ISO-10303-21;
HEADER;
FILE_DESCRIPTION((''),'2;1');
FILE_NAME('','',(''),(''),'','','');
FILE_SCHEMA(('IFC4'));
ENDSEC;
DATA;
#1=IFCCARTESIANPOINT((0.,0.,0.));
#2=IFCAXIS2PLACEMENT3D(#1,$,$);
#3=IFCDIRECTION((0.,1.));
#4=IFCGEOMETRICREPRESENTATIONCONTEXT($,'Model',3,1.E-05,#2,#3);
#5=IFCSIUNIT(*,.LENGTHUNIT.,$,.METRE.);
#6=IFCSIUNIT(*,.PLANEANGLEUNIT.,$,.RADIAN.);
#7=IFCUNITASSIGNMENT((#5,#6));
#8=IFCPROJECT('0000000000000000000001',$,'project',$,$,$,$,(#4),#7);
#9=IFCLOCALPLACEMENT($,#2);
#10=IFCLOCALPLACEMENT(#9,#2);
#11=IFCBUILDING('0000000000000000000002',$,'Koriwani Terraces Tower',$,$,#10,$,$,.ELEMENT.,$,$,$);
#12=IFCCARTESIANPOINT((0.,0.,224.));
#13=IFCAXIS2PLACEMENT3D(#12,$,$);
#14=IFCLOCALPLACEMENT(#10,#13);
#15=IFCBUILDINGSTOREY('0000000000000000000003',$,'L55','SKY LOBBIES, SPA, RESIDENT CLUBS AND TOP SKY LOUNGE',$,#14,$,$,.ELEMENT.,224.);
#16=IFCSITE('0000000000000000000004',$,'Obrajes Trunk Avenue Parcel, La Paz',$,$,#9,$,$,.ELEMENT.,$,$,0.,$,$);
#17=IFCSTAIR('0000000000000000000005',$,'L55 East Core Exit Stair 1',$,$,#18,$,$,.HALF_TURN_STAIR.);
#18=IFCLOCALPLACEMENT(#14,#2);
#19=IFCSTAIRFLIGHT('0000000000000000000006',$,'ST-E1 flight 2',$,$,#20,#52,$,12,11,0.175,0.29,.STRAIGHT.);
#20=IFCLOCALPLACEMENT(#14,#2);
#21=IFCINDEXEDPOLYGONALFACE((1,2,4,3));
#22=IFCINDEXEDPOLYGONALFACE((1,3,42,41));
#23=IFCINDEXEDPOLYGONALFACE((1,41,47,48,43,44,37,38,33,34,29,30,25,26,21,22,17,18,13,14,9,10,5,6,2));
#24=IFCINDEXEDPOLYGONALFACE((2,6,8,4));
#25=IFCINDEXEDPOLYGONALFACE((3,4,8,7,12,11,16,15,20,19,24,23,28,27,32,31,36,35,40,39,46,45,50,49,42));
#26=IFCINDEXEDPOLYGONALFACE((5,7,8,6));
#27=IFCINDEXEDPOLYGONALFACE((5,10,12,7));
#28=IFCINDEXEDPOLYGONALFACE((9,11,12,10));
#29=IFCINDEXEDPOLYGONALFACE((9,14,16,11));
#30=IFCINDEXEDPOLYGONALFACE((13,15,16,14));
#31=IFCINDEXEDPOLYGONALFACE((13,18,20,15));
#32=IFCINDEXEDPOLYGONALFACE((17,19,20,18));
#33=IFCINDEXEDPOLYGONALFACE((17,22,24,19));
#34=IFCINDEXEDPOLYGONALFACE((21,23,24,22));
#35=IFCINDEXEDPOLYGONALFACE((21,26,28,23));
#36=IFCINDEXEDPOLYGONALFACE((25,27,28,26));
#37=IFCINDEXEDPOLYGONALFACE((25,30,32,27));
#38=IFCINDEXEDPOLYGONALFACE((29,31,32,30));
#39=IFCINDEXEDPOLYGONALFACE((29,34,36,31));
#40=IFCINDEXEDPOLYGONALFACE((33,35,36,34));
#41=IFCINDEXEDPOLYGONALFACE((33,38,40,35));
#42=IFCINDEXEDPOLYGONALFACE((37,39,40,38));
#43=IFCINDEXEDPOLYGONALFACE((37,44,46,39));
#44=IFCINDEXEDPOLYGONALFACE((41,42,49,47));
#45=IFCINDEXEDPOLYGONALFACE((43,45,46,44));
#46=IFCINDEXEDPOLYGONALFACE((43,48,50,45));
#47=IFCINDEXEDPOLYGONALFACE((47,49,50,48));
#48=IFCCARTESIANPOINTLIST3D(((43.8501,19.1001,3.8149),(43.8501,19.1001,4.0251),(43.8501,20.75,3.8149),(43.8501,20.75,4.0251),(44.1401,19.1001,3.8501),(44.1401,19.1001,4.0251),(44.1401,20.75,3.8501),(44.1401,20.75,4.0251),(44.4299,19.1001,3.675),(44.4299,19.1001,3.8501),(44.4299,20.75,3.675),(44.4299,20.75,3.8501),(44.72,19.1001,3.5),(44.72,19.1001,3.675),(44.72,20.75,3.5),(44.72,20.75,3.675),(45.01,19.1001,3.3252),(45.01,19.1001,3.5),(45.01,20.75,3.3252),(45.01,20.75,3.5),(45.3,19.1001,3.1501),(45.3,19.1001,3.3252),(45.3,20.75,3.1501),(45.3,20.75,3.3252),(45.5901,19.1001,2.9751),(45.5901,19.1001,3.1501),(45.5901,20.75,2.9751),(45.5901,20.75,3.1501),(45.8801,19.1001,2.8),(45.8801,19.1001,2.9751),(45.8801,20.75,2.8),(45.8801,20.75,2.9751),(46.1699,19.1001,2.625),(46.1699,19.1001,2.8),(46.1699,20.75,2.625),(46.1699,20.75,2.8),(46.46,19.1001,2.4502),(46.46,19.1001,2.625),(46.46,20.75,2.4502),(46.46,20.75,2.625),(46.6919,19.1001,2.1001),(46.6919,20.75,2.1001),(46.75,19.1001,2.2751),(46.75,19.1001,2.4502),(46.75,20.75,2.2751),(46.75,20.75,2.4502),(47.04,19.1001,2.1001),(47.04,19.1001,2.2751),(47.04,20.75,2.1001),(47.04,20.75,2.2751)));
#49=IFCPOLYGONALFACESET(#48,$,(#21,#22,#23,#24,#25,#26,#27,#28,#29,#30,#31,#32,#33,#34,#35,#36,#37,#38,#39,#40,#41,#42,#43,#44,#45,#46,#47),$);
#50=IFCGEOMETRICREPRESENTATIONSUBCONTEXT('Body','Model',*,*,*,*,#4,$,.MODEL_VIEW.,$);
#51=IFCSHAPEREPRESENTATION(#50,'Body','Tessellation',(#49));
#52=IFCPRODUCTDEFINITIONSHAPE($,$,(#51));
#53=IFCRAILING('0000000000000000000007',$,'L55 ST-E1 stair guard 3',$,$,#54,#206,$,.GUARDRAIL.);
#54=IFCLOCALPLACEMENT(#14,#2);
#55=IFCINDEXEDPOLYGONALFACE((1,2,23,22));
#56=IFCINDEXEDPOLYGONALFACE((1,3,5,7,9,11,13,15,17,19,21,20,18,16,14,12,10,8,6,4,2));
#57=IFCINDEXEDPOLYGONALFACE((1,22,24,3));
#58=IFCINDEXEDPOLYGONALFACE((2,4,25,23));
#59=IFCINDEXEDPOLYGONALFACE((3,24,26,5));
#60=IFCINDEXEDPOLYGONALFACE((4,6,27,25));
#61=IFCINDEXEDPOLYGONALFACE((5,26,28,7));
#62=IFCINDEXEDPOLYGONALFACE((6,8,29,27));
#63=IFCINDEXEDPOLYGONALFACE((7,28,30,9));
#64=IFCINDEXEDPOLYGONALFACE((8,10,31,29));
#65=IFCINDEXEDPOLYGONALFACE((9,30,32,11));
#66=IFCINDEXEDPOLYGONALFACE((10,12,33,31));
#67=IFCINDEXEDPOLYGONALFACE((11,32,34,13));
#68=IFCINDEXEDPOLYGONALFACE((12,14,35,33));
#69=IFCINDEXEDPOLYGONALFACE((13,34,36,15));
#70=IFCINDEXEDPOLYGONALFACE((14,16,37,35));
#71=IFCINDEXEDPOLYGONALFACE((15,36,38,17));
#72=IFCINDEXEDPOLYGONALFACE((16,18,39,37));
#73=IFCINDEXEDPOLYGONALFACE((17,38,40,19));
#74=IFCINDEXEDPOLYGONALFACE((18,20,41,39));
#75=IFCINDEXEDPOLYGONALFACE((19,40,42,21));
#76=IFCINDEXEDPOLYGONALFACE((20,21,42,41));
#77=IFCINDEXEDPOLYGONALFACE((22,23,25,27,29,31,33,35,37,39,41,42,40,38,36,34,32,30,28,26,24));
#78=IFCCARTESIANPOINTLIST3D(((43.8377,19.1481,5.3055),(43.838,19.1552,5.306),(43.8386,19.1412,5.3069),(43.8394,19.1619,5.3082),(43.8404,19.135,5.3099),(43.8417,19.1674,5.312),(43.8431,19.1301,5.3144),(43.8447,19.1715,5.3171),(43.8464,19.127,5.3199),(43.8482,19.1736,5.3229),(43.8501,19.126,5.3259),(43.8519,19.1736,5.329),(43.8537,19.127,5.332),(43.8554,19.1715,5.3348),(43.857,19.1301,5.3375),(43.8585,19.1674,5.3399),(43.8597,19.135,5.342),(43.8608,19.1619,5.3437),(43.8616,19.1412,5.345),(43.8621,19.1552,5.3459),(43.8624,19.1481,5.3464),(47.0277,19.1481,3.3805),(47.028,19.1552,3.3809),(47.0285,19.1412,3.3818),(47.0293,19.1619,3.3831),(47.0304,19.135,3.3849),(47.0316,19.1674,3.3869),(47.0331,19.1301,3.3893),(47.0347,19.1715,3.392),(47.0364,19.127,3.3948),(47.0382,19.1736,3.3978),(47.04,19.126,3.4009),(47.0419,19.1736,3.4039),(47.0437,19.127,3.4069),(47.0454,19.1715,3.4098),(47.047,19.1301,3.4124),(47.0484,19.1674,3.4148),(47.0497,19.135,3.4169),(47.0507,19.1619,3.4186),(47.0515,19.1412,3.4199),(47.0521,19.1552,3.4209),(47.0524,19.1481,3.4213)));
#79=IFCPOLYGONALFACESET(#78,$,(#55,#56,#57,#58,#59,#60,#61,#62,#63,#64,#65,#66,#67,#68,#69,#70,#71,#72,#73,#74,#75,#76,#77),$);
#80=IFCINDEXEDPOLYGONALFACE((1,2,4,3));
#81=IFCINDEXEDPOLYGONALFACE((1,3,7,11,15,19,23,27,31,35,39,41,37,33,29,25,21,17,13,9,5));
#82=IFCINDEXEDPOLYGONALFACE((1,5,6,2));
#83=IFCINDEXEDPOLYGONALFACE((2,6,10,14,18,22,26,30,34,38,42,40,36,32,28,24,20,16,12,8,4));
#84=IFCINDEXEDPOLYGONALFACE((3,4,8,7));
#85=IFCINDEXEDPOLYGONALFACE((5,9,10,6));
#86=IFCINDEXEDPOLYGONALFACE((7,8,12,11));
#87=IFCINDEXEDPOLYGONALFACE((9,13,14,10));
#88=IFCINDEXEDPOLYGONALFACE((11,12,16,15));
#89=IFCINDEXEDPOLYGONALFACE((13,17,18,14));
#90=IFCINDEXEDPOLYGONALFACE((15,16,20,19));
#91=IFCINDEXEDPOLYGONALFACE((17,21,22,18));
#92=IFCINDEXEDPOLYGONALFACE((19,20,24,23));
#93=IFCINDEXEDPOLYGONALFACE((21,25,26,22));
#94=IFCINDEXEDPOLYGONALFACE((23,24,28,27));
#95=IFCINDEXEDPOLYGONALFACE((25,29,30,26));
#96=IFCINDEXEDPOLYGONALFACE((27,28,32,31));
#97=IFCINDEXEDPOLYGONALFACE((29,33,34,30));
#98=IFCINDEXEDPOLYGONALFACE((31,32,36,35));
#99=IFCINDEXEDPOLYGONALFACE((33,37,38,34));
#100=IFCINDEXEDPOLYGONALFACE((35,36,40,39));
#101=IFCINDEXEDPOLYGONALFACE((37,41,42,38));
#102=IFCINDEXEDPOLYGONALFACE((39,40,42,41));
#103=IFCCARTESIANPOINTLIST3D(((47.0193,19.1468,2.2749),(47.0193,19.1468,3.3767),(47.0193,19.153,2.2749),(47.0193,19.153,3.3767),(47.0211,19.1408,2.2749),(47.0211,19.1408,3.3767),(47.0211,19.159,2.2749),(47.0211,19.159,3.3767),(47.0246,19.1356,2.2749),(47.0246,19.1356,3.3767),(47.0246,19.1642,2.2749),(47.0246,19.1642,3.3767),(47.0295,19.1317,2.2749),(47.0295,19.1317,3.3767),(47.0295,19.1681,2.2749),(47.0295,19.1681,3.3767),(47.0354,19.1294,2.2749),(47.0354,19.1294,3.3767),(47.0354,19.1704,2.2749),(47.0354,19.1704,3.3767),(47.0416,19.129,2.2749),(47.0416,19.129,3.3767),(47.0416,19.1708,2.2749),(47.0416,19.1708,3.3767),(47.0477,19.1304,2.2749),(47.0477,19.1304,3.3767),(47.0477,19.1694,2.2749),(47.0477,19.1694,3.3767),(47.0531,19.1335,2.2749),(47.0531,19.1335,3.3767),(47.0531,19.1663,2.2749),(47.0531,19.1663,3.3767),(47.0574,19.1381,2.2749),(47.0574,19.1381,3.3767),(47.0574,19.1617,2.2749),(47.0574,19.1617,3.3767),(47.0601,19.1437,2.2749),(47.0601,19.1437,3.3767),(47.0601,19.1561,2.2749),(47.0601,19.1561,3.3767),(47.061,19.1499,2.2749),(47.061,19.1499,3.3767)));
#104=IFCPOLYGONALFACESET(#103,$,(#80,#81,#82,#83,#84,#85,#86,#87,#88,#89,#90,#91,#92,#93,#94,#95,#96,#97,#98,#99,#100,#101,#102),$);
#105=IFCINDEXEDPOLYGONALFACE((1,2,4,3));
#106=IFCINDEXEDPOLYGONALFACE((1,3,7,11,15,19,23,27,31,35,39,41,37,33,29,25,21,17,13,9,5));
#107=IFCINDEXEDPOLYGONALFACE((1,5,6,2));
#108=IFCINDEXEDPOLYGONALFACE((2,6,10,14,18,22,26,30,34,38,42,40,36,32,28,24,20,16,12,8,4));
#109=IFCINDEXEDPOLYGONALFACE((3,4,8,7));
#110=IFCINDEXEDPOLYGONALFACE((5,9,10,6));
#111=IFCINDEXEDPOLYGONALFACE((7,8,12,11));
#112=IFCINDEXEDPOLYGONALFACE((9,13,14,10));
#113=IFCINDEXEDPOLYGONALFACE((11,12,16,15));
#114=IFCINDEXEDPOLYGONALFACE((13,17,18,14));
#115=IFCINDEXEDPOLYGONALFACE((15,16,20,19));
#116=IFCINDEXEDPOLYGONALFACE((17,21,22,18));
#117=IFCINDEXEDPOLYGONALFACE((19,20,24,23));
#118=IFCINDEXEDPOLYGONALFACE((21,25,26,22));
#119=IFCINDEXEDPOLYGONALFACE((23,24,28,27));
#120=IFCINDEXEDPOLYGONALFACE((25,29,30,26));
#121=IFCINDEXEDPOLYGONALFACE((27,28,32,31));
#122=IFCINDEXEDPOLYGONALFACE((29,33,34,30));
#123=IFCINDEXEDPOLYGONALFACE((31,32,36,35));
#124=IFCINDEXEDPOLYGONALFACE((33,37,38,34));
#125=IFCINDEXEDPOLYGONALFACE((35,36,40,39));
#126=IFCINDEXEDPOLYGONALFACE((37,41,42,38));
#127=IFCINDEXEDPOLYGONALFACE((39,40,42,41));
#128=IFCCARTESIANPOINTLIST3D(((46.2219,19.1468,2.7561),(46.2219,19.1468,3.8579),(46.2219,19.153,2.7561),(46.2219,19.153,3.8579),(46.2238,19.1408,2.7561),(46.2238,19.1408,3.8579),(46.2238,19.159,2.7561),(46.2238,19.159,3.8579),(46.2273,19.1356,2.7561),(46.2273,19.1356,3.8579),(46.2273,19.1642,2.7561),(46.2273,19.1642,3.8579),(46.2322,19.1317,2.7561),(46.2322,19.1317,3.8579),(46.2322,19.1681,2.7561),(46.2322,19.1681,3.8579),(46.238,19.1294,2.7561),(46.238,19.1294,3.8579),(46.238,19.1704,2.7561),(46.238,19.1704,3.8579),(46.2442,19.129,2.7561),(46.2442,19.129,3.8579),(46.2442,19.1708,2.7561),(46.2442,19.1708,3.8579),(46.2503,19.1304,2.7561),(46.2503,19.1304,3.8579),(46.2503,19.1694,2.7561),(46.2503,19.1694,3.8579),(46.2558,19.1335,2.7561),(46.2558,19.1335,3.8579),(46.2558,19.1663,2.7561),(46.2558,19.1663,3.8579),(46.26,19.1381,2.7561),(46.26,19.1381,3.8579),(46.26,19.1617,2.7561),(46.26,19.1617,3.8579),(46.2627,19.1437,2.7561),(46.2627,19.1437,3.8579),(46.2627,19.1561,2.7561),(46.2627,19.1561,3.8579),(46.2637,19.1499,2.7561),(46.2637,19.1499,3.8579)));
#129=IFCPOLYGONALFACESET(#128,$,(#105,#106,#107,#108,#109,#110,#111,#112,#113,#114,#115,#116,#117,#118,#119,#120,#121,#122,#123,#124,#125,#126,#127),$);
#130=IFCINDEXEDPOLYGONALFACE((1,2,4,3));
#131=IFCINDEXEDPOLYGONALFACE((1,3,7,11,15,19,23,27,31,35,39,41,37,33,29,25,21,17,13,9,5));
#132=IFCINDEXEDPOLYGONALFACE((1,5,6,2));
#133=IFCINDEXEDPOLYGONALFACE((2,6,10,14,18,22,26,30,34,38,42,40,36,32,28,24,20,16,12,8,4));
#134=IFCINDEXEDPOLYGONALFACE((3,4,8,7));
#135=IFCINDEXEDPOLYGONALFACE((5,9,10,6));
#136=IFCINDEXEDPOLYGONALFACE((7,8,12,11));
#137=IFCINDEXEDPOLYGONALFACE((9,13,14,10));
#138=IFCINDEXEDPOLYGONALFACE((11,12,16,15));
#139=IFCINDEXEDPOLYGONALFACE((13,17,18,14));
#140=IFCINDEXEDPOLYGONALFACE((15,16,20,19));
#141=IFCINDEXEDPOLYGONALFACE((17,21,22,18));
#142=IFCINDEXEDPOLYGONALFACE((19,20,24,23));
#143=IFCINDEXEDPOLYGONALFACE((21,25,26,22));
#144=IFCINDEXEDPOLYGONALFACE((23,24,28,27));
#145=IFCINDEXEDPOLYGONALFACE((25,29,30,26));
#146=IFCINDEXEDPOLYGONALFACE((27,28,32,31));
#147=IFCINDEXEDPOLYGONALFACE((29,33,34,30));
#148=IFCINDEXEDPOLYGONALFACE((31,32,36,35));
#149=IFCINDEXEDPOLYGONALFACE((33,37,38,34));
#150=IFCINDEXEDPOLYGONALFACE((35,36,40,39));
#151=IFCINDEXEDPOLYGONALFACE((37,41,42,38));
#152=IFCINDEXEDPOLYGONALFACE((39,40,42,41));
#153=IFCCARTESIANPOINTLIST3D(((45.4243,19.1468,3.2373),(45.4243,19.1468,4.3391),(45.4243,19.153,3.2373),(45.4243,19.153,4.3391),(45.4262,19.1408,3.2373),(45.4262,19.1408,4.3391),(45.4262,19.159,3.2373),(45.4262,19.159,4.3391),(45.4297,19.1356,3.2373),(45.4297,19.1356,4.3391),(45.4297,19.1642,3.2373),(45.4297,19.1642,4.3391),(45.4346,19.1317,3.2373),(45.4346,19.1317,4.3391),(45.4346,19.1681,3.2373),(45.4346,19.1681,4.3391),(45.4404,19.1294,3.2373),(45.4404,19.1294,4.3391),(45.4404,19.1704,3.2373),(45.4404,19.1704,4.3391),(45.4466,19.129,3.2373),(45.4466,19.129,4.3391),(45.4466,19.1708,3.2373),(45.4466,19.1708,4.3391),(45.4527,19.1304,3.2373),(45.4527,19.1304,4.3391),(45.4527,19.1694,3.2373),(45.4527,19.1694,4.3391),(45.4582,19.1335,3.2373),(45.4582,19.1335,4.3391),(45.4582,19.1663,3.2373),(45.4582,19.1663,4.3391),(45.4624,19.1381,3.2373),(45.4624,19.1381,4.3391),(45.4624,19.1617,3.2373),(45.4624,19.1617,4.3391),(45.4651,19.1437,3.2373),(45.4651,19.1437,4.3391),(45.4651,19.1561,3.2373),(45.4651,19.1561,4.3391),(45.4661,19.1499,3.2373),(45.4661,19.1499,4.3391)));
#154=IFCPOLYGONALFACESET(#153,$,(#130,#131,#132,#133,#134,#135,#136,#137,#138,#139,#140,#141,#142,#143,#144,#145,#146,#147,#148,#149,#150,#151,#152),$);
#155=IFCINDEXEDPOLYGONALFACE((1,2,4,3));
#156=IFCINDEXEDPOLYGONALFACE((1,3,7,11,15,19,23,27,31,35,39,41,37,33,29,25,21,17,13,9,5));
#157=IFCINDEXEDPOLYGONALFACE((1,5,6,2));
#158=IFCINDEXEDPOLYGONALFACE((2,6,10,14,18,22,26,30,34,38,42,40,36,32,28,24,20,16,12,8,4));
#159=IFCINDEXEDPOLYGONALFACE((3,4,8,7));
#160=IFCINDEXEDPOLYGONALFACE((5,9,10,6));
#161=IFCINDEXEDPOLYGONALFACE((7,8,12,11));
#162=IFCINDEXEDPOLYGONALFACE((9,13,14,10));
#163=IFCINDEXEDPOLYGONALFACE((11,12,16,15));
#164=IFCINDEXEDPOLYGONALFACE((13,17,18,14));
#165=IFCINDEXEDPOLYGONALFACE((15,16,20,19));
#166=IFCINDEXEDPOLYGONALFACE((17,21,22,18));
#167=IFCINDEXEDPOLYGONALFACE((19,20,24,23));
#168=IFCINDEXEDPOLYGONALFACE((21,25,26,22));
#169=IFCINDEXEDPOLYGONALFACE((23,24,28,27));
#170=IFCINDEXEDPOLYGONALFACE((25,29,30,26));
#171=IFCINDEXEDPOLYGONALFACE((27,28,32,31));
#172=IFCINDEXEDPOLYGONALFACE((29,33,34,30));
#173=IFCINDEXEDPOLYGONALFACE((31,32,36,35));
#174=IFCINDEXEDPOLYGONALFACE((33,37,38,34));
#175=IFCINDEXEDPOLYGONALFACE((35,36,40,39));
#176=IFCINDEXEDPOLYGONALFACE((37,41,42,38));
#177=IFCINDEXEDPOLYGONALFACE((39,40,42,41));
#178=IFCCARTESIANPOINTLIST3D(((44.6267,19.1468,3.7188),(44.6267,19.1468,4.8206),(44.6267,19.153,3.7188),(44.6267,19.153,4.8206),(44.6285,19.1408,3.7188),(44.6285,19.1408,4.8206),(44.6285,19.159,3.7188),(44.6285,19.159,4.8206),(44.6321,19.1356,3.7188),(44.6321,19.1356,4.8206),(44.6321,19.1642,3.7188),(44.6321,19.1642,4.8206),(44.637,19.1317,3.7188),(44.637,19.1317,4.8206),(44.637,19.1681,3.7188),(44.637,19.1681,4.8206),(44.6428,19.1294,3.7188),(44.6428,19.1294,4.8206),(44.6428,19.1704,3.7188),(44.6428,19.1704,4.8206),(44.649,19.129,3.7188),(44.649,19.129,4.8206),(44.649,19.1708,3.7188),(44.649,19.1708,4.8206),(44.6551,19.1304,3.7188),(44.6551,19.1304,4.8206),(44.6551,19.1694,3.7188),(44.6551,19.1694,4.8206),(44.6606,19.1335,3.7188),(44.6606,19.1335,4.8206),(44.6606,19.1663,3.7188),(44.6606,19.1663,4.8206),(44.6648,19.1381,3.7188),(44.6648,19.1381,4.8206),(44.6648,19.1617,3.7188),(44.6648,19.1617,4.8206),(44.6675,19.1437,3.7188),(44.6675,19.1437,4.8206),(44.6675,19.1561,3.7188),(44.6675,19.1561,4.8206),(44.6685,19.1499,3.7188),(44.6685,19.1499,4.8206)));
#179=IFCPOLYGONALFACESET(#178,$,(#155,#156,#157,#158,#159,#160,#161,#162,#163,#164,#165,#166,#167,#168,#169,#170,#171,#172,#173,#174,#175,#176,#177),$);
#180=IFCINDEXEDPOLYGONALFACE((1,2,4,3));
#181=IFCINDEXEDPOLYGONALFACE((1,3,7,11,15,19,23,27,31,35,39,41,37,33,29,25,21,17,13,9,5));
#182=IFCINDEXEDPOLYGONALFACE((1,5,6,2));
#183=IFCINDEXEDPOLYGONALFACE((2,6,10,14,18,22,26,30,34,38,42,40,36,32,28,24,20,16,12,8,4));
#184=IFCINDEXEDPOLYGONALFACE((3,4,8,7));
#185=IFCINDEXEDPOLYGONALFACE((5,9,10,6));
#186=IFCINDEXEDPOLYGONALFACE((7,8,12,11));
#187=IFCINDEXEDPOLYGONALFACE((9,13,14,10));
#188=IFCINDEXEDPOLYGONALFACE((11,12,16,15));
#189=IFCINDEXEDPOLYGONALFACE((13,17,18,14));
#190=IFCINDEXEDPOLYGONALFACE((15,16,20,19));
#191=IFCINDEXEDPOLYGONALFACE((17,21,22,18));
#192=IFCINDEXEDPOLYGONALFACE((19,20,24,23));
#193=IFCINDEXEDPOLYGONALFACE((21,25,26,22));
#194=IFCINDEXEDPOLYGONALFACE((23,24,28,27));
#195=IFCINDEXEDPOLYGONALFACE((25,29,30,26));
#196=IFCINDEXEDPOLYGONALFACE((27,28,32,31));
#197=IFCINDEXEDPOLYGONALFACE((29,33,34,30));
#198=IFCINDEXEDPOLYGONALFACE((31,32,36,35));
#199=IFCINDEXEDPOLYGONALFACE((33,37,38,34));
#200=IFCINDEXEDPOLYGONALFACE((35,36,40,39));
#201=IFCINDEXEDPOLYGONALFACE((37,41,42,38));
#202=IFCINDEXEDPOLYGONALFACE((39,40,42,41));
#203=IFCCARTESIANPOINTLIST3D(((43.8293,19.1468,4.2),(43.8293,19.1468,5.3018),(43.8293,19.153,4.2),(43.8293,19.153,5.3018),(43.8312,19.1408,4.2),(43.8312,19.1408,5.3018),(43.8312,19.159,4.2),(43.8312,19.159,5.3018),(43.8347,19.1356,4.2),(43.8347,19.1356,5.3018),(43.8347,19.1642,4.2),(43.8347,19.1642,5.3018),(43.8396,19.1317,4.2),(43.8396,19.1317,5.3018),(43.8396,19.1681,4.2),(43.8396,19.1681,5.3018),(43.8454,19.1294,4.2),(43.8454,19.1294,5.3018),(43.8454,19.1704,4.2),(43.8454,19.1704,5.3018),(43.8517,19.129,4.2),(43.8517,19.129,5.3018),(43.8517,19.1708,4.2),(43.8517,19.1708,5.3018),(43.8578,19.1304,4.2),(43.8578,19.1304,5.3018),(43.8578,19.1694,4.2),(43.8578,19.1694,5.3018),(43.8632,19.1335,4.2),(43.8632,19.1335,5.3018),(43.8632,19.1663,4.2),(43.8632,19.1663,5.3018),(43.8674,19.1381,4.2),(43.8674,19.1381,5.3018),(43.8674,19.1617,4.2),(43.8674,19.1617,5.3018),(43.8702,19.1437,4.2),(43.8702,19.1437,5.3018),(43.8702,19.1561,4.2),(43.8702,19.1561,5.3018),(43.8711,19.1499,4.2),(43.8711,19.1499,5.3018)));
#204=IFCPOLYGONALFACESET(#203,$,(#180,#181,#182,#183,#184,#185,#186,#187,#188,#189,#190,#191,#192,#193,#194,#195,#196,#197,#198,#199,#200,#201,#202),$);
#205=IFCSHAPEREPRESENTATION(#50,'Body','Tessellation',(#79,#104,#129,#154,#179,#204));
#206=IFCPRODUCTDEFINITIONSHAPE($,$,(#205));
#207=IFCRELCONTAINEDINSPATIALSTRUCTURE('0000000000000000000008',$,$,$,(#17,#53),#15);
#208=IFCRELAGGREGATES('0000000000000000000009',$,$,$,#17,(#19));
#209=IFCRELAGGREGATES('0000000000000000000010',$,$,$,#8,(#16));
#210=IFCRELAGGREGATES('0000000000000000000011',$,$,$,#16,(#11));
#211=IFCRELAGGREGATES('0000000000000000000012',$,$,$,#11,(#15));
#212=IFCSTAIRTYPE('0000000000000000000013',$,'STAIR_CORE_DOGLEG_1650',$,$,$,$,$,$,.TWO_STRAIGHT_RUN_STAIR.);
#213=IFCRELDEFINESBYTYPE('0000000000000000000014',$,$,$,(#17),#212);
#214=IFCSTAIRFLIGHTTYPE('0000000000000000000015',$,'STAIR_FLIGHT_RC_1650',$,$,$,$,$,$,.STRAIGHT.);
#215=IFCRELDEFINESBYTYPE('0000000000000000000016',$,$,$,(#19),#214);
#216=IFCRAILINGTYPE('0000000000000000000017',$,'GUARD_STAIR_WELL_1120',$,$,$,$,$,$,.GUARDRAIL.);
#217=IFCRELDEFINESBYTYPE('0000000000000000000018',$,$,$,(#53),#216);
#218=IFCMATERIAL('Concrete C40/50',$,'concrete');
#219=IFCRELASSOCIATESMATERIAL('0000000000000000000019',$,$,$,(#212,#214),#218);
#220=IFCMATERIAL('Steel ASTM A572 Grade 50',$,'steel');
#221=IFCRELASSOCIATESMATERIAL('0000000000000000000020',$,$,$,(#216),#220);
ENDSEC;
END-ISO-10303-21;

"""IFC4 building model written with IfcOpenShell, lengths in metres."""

from ifc_helpers import new_model, si_unit, direction, frame, origin, origin_2d, place, context, subcontext, project, spatial, polyline, circle, outline, extrude, material, type_object, element, aggregate, save


model = new_model("IFC4")

# Units and contexts
model_context = context("Model", 3, precision=1e-05, world=origin(), true_north=direction((0.0, 1.0)))
body_context = subcontext(model_context, "Body", "Model", "MODEL_VIEW")
ifc_project = project(units=[si_unit("LENGTHUNIT", "METRE"), si_unit("PLANEANGLEUNIT", "RADIAN")], contexts=[model_context])

# Site, building, storey
site_placement = place(None, origin())
site = spatial("IfcSite", under=ifc_project, at=site_placement, Name="Obrajes Trunk Avenue Parcel, La Paz", CompositionType="ELEMENT", RefElevation=0.0)
building_placement = place(site_placement, origin())
building = spatial("IfcBuilding", under=site, at=building_placement, Name="Koriwani Terraces Tower", CompositionType="ELEMENT")
storey_placement = place(building_placement, frame((0.0, 0.0, 224.0)))
storey = spatial("IfcBuildingStorey", under=building, at=storey_placement, Name="L55", Description="SKY LOBBIES, SPA, RESIDENT CLUBS AND TOP SKY LOUNGE", CompositionType="ELEMENT", Elevation=224.0)

# Shared definitions
ifc_material_1 = material(Name="Steel ASTM A572 Grade 50", Category="steel")

# Shared definitions
ifc_material_2 = material(Name="Concrete C40/50", Category="concrete")

# Stair, stair flight
stair_type = type_object("IfcStairType", Name="STAIR_CORE_DOGLEG_1650", PredefinedType="TWO_STRAIGHT_RUN_STAIR", material=ifc_material_2)
stair_placement = place(storey_placement, origin())
stair = element("IfcStair", 1, at=stair_placement, inside=storey, type_object=stair_type, Name="L55 East Core Exit Stair 1", PredefinedType="HALF_TURN_STAIR")
stair_flight_type = type_object("IfcStairFlightType", Name="STAIR_FLIGHT_RC_1650", PredefinedType="STRAIGHT", material=ifc_material_2)
stair_flight_placement = place(storey_placement, frame((47.04, 19.925, 2.1001), z_axis=(0.0, 0.0, 1.0), x_axis=(-1.0, 0.0, 0.0)))
stair_flight = element("IfcStairFlight", 2, at=stair_flight_placement, type_object=stair_flight_type, Name="ST-E1 flight 2", NumberOfRisers=12, NumberOfTreads=11, PredefinedType="STRAIGHT", RiserHeight=0.175, TreadLength=0.29, context=body_context, shape_type="SweptSolid", body=[
    extrude(outline(polyline([(0.0, 0.0), (0.0, 0.175), (0.29, 0.175), (0.29, 0.3501), (0.5801, 0.3501), (0.5801, 0.5249), (0.8701, 0.5249), (0.8701, 0.7), (1.1599, 0.7), (1.1599, 0.875), (1.45, 0.875), (1.45, 1.05), (1.74, 1.05), (1.74, 1.2251), (2.03, 1.2251), (2.03, 1.3999), (2.3201, 1.3999), (2.3201, 1.575), (2.6101, 1.575), (2.6101, 1.75), (2.8999, 1.75), (2.8999, 1.925), (3.1899, 1.925), (3.1899, 2.1001), (3.1899, 1.7148), (0.3481, 0.0), (0.0, 0.0)])), frame((0.0, 0.825, 0.0), z_axis=(0.0, -1.0, 0.0), x_axis=(1.0, 0.0, 0.0)), (0.0, 0.0, 1.0), 1.6499),
])
aggregate(stair, [stair_flight])

# Railing
railing_type_1 = type_object("IfcRailingType", Name="GUARD_STAIR_WELL_1120", PredefinedType="GUARDRAIL", material=ifc_material_1)
railing_1_placement = place(storey_placement, frame((47.04, 19.1499, 2.2749)))
element("IfcRailing", 3, at=railing_1_placement, inside=storey, type_object=railing_type_1, Name="L55 ST-E1 stair guard 3", PredefinedType="GUARDRAIL", context=body_context, shape_type="SweptSolid", body=[
    extrude(circle(Radius=0.0239, at=origin_2d()), frame((0.0, 0.0, 1.126), z_axis=(-0.856178, 0.0, 0.516682), x_axis=(0.0, -1.0, 0.0)), (0.0, 0.0, 1.0), 3.7258),
    extrude(circle(Radius=0.021, at=origin_2d()), origin(), (0.0, 0.0, 1.0), 1.1018),
    extrude(circle(Radius=0.021, at=origin_2d()), frame((-0.7974, 0.0, 0.4812)), (0.0, 0.0, 1.0), 1.1018),
    extrude(circle(Radius=0.021, at=origin_2d()), frame((-1.595, 0.0, 0.9624)), (0.0, 0.0, 1.0), 1.1018),
    extrude(circle(Radius=0.021, at=origin_2d()), frame((-2.3926, 0.0, 1.4438)), (0.0, 0.0, 1.0), 1.1018),
    extrude(circle(Radius=0.021, at=origin_2d()), frame((-3.1899, 0.0, 1.925)), (0.0, 0.0, 1.0), 1.1018),
])

save(model, "model.ifc")
